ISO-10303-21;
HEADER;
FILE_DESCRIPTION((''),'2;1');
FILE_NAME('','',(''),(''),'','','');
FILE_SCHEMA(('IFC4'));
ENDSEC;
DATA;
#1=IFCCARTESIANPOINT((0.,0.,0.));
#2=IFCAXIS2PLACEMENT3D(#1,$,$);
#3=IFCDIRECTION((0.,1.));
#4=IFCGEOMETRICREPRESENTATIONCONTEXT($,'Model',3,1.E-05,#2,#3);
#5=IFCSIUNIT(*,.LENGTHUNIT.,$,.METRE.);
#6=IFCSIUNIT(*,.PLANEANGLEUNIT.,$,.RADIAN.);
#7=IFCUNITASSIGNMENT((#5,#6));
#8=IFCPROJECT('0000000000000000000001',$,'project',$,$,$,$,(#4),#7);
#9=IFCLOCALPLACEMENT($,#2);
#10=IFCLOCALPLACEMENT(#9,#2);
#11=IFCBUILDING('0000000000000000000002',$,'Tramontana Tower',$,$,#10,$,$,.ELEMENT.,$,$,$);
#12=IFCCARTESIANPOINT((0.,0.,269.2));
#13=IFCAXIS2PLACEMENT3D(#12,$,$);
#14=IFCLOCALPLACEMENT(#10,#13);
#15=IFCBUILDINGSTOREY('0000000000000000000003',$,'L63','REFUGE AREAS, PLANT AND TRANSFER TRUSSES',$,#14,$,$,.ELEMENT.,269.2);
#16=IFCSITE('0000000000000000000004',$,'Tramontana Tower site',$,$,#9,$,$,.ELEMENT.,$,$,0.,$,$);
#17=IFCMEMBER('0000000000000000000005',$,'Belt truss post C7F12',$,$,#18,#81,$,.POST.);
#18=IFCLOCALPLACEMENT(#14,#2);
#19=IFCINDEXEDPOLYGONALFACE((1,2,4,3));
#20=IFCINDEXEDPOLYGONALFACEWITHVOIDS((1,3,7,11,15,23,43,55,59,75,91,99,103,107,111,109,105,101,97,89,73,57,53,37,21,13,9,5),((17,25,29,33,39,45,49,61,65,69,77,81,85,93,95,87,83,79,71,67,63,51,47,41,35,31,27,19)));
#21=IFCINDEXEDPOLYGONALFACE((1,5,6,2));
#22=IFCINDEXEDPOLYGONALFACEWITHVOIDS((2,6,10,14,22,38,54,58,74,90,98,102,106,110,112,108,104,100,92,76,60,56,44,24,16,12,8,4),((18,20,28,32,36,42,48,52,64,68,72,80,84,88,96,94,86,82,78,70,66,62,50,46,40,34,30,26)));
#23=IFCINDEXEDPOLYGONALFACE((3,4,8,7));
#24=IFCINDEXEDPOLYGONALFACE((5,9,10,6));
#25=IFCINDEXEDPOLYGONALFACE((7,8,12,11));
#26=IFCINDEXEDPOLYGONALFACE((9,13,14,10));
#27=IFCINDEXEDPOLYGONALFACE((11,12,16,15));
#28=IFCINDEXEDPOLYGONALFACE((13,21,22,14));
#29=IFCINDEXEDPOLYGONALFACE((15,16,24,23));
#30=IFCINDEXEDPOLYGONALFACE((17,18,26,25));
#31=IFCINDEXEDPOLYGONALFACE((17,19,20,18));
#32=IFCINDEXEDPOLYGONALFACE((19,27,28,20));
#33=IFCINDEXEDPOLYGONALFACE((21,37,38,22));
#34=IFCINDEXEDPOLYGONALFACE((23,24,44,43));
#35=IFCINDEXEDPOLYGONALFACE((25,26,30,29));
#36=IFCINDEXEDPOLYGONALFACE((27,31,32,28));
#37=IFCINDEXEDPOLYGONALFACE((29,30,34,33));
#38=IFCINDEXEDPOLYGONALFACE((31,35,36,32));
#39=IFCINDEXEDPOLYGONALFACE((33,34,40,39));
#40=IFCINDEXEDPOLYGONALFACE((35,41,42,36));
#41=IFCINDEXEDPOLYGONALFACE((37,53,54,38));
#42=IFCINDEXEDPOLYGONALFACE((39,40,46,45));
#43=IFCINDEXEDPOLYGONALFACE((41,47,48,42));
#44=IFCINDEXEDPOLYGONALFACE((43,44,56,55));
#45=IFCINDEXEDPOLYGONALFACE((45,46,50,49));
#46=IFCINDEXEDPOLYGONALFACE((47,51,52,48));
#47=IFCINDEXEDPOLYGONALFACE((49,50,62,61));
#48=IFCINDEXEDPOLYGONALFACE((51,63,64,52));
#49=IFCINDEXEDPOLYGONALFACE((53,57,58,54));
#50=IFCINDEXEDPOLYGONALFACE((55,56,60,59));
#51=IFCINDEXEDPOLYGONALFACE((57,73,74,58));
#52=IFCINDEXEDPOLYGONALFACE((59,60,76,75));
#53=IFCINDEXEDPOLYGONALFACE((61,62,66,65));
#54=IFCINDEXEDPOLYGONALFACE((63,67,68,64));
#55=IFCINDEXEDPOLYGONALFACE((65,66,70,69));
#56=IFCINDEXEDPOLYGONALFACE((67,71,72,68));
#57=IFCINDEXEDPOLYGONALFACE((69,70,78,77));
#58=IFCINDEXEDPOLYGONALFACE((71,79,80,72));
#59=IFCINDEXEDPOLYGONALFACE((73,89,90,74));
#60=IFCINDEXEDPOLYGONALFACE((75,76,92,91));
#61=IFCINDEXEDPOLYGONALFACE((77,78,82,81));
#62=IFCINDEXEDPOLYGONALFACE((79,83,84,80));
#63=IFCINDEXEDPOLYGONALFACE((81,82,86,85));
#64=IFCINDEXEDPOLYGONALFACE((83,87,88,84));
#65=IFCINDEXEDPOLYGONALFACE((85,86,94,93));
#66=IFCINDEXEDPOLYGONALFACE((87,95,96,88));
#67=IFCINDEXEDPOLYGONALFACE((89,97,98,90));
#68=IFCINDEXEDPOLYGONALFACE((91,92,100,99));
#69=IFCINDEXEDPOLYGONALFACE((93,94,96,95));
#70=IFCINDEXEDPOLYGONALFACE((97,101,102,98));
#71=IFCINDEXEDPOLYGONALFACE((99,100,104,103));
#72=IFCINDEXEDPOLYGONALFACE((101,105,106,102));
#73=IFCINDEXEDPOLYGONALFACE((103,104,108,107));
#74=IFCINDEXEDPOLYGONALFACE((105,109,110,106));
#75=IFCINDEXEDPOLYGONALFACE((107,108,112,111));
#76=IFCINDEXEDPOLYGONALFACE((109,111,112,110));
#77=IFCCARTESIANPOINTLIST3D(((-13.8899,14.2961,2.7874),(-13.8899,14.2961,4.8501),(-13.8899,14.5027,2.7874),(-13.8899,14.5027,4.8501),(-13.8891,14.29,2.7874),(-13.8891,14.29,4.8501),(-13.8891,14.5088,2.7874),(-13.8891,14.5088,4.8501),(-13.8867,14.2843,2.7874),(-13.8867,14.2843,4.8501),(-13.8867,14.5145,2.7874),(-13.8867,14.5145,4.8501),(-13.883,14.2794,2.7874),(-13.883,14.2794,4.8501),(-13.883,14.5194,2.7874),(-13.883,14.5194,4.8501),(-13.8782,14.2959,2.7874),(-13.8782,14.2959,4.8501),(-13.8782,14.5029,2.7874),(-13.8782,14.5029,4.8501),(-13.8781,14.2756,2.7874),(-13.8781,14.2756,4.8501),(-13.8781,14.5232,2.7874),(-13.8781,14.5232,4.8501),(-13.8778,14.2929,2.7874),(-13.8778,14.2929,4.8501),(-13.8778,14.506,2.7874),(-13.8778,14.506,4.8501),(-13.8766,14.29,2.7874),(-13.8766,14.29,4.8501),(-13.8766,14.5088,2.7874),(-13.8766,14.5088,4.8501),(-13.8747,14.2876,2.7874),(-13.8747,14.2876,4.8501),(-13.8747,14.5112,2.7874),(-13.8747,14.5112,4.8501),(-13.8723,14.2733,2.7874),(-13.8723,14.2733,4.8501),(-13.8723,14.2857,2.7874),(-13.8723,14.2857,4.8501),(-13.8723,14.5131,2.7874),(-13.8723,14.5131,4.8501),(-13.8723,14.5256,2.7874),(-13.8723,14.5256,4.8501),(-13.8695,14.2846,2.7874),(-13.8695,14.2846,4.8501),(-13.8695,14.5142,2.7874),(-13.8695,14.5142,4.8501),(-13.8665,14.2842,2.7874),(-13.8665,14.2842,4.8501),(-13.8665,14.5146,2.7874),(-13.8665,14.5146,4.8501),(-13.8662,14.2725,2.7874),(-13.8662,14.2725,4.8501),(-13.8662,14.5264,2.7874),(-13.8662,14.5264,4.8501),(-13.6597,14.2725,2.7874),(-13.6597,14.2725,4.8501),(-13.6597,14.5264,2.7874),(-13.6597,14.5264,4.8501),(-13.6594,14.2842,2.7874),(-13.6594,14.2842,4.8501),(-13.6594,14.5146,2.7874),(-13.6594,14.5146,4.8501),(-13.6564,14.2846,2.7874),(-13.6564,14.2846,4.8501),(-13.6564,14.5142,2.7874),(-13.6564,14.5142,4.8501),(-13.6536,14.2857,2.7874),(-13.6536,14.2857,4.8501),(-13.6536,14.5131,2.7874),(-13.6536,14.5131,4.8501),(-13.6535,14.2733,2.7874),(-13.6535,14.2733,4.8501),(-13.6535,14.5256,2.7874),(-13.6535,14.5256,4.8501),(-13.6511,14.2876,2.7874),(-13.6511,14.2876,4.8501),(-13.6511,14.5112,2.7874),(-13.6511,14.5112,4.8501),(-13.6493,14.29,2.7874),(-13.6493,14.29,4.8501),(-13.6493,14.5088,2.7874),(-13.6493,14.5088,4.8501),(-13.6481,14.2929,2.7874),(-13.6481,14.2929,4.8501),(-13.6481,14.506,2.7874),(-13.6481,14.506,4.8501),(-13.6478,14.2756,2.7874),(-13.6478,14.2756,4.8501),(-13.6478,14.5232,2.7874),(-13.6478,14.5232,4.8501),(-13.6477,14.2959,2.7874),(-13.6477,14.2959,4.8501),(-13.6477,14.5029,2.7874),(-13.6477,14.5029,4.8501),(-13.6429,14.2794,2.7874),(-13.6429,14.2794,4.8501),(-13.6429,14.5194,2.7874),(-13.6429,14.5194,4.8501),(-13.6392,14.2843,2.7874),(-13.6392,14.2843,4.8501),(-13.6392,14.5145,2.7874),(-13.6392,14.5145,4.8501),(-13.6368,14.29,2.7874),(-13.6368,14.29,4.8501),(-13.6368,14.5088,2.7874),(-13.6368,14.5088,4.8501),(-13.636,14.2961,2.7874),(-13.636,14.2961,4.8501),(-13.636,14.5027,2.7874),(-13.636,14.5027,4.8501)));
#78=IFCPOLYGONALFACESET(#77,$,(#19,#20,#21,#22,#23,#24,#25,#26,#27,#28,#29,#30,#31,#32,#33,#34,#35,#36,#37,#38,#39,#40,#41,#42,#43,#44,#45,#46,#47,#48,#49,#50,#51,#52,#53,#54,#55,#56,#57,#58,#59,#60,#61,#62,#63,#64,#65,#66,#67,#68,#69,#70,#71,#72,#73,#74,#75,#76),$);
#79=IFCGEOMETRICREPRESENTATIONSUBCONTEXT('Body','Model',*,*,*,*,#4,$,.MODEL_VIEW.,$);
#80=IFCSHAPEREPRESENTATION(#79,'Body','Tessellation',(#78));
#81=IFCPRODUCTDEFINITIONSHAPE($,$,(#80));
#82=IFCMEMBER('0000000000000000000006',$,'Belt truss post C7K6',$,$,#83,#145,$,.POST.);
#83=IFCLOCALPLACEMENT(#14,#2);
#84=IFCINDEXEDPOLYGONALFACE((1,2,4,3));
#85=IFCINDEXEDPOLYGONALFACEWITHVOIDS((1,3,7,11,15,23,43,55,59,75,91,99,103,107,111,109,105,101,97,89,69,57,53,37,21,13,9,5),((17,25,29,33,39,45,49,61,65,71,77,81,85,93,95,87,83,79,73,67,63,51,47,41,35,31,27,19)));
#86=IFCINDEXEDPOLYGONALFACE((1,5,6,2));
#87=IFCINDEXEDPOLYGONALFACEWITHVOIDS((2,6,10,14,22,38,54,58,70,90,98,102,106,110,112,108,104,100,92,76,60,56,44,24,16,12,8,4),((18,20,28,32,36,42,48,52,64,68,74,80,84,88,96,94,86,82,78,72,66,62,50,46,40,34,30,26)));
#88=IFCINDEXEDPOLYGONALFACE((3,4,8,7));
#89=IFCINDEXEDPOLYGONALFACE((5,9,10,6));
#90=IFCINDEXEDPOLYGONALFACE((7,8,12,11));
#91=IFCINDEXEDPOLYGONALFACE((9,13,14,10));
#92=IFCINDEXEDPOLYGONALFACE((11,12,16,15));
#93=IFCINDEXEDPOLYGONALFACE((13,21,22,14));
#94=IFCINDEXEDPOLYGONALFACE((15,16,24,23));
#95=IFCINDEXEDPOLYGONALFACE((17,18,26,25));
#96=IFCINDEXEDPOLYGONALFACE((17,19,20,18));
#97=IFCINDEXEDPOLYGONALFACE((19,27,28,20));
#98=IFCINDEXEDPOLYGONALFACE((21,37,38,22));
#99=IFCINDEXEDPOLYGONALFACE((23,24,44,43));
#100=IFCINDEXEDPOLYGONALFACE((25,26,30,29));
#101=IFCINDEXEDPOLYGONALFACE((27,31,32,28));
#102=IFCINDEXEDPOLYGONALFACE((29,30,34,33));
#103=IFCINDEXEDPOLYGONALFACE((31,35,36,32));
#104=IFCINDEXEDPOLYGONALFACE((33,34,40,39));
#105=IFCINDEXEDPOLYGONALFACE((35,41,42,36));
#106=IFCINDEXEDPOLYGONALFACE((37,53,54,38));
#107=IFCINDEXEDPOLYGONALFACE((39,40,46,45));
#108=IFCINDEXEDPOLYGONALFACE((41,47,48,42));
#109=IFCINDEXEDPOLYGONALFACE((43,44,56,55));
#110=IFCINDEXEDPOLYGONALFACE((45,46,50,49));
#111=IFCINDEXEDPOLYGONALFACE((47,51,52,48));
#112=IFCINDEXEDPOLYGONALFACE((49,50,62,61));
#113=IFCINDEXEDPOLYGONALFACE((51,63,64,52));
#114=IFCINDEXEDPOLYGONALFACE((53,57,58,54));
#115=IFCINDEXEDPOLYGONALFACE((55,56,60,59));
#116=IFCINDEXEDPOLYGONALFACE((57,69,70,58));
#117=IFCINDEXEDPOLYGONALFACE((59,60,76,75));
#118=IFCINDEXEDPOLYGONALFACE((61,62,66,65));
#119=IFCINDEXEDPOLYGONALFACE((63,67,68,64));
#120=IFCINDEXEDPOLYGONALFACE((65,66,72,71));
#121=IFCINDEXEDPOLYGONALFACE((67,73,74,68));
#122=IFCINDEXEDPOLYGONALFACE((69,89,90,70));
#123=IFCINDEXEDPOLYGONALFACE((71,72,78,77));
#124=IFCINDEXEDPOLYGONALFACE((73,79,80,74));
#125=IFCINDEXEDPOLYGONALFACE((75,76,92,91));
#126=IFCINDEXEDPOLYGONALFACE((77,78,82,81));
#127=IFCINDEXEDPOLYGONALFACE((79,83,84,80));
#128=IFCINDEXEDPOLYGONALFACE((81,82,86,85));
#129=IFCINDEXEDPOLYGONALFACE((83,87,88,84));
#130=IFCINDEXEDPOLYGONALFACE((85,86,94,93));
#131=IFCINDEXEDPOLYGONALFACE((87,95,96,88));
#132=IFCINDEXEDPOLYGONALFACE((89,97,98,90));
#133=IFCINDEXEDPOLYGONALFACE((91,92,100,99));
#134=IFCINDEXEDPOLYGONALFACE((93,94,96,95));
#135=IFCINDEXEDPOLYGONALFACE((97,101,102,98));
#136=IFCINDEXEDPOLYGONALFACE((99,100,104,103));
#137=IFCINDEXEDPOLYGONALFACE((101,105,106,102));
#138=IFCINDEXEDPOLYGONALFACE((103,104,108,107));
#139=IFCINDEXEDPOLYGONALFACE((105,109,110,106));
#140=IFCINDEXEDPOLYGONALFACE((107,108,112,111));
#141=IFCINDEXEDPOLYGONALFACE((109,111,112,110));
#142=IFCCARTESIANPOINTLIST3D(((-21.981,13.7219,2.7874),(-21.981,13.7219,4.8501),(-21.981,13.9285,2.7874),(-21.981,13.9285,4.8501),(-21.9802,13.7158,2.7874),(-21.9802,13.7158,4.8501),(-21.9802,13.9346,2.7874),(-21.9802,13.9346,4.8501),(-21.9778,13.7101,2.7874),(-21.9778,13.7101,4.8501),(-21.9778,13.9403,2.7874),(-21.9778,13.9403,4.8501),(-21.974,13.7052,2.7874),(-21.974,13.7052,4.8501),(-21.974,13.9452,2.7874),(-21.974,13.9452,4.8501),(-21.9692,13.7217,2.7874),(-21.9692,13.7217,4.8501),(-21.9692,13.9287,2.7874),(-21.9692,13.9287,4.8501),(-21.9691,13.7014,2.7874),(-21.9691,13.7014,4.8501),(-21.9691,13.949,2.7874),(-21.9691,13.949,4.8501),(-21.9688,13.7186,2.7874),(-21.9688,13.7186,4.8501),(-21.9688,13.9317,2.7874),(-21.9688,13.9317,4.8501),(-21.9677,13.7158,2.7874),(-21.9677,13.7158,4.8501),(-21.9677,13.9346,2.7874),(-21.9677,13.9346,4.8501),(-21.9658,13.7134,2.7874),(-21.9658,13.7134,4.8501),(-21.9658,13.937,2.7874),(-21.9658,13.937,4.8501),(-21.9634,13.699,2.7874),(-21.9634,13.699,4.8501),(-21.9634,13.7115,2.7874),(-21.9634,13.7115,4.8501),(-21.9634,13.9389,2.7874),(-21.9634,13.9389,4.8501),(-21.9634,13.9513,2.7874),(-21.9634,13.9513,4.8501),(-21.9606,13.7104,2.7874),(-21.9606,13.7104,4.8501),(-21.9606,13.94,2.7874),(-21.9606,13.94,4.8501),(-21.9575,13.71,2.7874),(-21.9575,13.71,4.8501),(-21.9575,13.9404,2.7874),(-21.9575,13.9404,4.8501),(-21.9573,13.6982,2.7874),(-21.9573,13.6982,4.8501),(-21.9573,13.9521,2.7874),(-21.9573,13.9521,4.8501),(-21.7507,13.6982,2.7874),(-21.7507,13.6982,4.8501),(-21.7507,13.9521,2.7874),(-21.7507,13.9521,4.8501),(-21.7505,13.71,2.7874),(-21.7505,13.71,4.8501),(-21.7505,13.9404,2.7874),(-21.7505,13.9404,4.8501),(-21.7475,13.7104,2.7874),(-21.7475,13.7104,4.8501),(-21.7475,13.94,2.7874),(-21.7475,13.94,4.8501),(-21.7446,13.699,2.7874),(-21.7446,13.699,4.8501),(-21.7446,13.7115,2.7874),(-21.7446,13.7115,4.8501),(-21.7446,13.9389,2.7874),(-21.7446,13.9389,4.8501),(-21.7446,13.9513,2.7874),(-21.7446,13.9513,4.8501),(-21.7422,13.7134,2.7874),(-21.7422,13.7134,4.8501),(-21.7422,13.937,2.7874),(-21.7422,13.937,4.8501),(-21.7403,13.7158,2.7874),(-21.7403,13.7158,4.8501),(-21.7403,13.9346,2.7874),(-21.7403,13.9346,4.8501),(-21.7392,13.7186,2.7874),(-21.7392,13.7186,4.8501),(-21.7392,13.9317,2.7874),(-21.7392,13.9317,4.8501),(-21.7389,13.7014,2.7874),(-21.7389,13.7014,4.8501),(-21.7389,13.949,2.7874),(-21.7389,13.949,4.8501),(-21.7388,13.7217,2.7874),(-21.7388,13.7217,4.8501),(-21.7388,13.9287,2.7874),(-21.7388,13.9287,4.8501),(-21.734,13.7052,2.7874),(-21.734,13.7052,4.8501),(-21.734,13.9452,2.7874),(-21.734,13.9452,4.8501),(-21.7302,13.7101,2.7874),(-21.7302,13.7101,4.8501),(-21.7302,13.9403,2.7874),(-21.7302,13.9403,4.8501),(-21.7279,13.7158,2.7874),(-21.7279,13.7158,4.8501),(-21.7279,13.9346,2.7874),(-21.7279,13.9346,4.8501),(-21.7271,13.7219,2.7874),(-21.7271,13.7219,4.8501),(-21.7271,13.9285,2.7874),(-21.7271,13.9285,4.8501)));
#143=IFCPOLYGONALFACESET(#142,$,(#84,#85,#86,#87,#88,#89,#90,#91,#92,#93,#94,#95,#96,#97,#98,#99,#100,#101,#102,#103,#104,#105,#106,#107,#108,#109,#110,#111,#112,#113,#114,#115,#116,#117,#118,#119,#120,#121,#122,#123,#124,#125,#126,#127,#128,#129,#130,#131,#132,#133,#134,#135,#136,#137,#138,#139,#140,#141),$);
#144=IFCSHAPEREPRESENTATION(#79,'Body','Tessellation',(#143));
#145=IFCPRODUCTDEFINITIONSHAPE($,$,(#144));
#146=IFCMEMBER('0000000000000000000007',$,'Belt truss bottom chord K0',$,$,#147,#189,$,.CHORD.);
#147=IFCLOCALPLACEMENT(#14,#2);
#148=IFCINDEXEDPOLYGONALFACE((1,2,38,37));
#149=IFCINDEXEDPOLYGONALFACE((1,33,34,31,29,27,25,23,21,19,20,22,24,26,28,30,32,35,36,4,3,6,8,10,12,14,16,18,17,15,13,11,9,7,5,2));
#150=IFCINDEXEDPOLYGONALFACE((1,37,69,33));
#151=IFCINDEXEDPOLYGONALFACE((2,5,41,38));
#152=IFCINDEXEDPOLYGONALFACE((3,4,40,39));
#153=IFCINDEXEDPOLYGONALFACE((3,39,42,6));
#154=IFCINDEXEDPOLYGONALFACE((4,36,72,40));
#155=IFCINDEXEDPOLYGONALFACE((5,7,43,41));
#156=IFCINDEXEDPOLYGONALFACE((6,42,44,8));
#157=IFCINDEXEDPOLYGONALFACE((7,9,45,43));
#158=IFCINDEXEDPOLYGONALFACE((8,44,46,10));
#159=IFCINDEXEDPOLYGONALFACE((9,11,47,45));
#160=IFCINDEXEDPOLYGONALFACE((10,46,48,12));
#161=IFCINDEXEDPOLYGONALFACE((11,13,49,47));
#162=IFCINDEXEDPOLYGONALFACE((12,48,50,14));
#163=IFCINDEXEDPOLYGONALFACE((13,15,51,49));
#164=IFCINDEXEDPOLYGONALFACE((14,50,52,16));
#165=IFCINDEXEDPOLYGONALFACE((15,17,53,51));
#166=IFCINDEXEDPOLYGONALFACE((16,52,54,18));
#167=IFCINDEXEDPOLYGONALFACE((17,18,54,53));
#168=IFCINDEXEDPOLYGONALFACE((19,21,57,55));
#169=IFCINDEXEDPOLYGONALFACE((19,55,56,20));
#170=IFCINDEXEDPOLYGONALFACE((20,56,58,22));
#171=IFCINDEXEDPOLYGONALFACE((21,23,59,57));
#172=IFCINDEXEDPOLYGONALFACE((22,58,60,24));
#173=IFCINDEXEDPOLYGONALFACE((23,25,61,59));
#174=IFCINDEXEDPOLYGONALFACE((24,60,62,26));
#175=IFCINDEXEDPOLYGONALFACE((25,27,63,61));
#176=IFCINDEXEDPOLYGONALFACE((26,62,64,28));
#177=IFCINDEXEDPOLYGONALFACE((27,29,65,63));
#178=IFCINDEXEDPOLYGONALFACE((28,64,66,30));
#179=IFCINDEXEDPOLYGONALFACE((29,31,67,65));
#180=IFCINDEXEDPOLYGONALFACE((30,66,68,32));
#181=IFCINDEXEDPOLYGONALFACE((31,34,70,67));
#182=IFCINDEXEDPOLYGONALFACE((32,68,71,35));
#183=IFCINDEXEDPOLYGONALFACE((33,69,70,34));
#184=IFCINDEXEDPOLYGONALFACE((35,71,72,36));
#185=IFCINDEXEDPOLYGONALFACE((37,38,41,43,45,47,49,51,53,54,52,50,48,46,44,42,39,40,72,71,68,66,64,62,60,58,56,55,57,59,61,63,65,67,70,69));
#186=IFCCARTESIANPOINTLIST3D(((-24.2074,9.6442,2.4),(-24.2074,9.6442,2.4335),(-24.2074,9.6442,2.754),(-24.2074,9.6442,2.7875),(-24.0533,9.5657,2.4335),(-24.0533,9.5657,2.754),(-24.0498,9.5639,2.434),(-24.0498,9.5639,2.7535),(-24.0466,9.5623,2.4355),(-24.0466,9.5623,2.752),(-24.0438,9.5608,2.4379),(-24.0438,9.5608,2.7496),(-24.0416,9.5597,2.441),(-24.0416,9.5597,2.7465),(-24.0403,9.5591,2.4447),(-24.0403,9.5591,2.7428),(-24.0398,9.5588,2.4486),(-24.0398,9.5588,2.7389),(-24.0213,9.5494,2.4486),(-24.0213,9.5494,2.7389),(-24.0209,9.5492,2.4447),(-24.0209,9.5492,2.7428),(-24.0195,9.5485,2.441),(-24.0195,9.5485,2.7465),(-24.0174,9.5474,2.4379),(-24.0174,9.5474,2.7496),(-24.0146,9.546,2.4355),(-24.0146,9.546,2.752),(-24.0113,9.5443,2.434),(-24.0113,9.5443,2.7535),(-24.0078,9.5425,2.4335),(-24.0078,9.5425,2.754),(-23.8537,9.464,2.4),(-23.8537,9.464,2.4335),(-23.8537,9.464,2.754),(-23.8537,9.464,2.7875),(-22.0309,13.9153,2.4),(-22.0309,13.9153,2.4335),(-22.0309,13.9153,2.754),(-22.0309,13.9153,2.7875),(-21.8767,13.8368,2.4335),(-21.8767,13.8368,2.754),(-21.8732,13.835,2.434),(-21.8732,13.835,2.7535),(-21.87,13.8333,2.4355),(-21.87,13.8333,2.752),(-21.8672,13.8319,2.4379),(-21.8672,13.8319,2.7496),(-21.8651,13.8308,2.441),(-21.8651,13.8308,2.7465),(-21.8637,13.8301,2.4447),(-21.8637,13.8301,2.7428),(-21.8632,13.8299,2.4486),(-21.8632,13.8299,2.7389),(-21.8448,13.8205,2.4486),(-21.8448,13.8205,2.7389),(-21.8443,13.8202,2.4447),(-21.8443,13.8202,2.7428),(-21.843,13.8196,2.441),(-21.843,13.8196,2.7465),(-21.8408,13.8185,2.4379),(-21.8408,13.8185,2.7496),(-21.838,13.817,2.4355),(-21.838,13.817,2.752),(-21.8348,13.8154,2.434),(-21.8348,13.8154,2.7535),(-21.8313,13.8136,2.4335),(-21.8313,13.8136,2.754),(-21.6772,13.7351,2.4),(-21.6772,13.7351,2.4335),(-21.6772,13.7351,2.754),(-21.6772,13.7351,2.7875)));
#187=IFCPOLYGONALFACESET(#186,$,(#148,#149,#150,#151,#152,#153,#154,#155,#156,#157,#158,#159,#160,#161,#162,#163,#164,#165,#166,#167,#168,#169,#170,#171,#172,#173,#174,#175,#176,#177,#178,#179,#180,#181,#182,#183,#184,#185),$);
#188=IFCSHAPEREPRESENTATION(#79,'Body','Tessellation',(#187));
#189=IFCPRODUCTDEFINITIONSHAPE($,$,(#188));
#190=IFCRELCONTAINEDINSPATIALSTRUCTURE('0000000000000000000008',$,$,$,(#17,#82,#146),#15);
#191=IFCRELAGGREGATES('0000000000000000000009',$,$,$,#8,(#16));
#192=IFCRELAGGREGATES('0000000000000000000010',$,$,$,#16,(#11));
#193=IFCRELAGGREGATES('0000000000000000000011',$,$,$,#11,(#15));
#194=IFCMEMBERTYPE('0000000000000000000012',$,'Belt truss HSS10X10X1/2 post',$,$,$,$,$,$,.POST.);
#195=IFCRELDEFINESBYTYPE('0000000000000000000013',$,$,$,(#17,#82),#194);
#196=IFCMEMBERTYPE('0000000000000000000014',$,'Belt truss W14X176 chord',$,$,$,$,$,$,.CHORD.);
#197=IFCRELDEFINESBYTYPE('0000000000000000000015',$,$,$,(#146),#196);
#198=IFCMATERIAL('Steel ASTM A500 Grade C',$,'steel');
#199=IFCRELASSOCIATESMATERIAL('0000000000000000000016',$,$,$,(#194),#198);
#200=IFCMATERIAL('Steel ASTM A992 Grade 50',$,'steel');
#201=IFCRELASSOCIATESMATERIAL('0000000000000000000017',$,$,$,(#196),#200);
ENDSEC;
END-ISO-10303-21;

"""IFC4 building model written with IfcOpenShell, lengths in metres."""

from ifc_helpers import new_model, si_unit, direction, frame, origin, origin_2d, place, context, subcontext, project, spatial, hollow_rectangle, i_section, extrude, material, material_profile, profile_set, type_object, element, save


model = new_model("IFC4")

# Units and contexts
model_context = context("Model", 3, precision=1e-05, world=origin(), true_north=direction((0.0, 1.0)))
body_context = subcontext(model_context, "Body", "Model", "MODEL_VIEW")
ifc_project = project(units=[si_unit("LENGTHUNIT", "METRE"), si_unit("PLANEANGLEUNIT", "RADIAN")], contexts=[model_context])

# Site, building, storey
site_placement = place(None, origin())
site = spatial("IfcSite", under=ifc_project, at=site_placement, Name="Tramontana Tower site", CompositionType="ELEMENT", RefElevation=0.0)
building_placement = place(site_placement, origin())
building = spatial("IfcBuilding", under=site, at=building_placement, Name="Tramontana Tower", CompositionType="ELEMENT")
storey_placement = place(building_placement, frame((0.0, 0.0, 269.2)))
storey = spatial("IfcBuildingStorey", under=building, at=storey_placement, Name="L63", Description="REFUGE AREAS, PLANT AND TRANSFER TRUSSES", CompositionType="ELEMENT", Elevation=269.2)

# Members
ifc_material_1 = material(Name="Steel ASTM A500 Grade C", Category="steel")
ifc_material_profile_1 = material_profile(ifc_material_1, hollow_rectangle(XDim=0.2539, YDim=0.2539, WallThickness=0.0117, InnerFilletRadius=0.0117, OuterFilletRadius=0.0237, at=origin_2d()), Name="HSS10X10X1/2")
ifc_profile_set_1 = profile_set([ifc_material_profile_1], Name="Steel ASTM A500 Grade C")
member_type_1 = type_object("IfcMemberType", Name="Belt truss HSS10X10X1/2 post", PredefinedType="POST", material=ifc_profile_set_1)
for number, where, z_axis, x_axis, name in (
    (1, (-13.7629, 14.3994, 2.7874), (0.0, 0.0, 1.0), (1.0, 0.0, 0.0), "Belt truss post C7F12"),
    (2, (-21.854, 13.8252, 2.7874), (0.0, 0.0, 1.0), (1.0, 0.0, 0.0), "Belt truss post C7K6"),
):
    element("IfcMember", number, at=place(storey_placement, frame(where, z_axis=z_axis, x_axis=x_axis)), inside=storey, type_object=member_type_1, Name=name, PredefinedType="POST", context=body_context, shape_type="SweptSolid", body=[
        extrude(hollow_rectangle(XDim=0.2539, YDim=0.2539, WallThickness=0.0117, InnerFilletRadius=0.0117, OuterFilletRadius=0.0237, at=origin_2d()), origin(), (0.0, 0.0, 1.0), 2.0627),
    ])
ifc_material_2 = material(Name="Steel ASTM A992 Grade 50", Category="steel")
ifc_material_profile_2 = material_profile(ifc_material_2, i_section(OverallWidth=0.397, OverallDepth=0.3875, WebThickness=0.0208, FlangeThickness=0.0334, FilletRadius=0.0151, at=origin_2d()), Name="W14X176")
ifc_profile_set_2 = profile_set([ifc_material_profile_2], Name="Steel ASTM A992 Grade 50")
member_type_2 = type_object("IfcMemberType", Name="Belt truss W14X176 chord", PredefinedType="CHORD", material=ifc_profile_set_2)
for number, where, z_axis, x_axis, name in (
    (3, (-21.854, 13.8252, 2.5938), (-0.454046, -0.890978, 0.0), (0.890978, -0.454046, 0.0), "Belt truss bottom chord K0"),
):
    element("IfcMember", number, at=place(storey_placement, frame(where, z_axis=z_axis, x_axis=x_axis)), inside=storey, type_object=member_type_2, Name=name, PredefinedType="CHORD", context=body_context, shape_type="SweptSolid", body=[
        extrude(i_section(OverallWidth=0.397, OverallDepth=0.3875, WebThickness=0.0208, FlangeThickness=0.0334, FilletRadius=0.0151, at=origin_2d()), origin(), (0.0, 0.0, 1.0), 4.7937),
    ])

save(model, "model.ifc")
